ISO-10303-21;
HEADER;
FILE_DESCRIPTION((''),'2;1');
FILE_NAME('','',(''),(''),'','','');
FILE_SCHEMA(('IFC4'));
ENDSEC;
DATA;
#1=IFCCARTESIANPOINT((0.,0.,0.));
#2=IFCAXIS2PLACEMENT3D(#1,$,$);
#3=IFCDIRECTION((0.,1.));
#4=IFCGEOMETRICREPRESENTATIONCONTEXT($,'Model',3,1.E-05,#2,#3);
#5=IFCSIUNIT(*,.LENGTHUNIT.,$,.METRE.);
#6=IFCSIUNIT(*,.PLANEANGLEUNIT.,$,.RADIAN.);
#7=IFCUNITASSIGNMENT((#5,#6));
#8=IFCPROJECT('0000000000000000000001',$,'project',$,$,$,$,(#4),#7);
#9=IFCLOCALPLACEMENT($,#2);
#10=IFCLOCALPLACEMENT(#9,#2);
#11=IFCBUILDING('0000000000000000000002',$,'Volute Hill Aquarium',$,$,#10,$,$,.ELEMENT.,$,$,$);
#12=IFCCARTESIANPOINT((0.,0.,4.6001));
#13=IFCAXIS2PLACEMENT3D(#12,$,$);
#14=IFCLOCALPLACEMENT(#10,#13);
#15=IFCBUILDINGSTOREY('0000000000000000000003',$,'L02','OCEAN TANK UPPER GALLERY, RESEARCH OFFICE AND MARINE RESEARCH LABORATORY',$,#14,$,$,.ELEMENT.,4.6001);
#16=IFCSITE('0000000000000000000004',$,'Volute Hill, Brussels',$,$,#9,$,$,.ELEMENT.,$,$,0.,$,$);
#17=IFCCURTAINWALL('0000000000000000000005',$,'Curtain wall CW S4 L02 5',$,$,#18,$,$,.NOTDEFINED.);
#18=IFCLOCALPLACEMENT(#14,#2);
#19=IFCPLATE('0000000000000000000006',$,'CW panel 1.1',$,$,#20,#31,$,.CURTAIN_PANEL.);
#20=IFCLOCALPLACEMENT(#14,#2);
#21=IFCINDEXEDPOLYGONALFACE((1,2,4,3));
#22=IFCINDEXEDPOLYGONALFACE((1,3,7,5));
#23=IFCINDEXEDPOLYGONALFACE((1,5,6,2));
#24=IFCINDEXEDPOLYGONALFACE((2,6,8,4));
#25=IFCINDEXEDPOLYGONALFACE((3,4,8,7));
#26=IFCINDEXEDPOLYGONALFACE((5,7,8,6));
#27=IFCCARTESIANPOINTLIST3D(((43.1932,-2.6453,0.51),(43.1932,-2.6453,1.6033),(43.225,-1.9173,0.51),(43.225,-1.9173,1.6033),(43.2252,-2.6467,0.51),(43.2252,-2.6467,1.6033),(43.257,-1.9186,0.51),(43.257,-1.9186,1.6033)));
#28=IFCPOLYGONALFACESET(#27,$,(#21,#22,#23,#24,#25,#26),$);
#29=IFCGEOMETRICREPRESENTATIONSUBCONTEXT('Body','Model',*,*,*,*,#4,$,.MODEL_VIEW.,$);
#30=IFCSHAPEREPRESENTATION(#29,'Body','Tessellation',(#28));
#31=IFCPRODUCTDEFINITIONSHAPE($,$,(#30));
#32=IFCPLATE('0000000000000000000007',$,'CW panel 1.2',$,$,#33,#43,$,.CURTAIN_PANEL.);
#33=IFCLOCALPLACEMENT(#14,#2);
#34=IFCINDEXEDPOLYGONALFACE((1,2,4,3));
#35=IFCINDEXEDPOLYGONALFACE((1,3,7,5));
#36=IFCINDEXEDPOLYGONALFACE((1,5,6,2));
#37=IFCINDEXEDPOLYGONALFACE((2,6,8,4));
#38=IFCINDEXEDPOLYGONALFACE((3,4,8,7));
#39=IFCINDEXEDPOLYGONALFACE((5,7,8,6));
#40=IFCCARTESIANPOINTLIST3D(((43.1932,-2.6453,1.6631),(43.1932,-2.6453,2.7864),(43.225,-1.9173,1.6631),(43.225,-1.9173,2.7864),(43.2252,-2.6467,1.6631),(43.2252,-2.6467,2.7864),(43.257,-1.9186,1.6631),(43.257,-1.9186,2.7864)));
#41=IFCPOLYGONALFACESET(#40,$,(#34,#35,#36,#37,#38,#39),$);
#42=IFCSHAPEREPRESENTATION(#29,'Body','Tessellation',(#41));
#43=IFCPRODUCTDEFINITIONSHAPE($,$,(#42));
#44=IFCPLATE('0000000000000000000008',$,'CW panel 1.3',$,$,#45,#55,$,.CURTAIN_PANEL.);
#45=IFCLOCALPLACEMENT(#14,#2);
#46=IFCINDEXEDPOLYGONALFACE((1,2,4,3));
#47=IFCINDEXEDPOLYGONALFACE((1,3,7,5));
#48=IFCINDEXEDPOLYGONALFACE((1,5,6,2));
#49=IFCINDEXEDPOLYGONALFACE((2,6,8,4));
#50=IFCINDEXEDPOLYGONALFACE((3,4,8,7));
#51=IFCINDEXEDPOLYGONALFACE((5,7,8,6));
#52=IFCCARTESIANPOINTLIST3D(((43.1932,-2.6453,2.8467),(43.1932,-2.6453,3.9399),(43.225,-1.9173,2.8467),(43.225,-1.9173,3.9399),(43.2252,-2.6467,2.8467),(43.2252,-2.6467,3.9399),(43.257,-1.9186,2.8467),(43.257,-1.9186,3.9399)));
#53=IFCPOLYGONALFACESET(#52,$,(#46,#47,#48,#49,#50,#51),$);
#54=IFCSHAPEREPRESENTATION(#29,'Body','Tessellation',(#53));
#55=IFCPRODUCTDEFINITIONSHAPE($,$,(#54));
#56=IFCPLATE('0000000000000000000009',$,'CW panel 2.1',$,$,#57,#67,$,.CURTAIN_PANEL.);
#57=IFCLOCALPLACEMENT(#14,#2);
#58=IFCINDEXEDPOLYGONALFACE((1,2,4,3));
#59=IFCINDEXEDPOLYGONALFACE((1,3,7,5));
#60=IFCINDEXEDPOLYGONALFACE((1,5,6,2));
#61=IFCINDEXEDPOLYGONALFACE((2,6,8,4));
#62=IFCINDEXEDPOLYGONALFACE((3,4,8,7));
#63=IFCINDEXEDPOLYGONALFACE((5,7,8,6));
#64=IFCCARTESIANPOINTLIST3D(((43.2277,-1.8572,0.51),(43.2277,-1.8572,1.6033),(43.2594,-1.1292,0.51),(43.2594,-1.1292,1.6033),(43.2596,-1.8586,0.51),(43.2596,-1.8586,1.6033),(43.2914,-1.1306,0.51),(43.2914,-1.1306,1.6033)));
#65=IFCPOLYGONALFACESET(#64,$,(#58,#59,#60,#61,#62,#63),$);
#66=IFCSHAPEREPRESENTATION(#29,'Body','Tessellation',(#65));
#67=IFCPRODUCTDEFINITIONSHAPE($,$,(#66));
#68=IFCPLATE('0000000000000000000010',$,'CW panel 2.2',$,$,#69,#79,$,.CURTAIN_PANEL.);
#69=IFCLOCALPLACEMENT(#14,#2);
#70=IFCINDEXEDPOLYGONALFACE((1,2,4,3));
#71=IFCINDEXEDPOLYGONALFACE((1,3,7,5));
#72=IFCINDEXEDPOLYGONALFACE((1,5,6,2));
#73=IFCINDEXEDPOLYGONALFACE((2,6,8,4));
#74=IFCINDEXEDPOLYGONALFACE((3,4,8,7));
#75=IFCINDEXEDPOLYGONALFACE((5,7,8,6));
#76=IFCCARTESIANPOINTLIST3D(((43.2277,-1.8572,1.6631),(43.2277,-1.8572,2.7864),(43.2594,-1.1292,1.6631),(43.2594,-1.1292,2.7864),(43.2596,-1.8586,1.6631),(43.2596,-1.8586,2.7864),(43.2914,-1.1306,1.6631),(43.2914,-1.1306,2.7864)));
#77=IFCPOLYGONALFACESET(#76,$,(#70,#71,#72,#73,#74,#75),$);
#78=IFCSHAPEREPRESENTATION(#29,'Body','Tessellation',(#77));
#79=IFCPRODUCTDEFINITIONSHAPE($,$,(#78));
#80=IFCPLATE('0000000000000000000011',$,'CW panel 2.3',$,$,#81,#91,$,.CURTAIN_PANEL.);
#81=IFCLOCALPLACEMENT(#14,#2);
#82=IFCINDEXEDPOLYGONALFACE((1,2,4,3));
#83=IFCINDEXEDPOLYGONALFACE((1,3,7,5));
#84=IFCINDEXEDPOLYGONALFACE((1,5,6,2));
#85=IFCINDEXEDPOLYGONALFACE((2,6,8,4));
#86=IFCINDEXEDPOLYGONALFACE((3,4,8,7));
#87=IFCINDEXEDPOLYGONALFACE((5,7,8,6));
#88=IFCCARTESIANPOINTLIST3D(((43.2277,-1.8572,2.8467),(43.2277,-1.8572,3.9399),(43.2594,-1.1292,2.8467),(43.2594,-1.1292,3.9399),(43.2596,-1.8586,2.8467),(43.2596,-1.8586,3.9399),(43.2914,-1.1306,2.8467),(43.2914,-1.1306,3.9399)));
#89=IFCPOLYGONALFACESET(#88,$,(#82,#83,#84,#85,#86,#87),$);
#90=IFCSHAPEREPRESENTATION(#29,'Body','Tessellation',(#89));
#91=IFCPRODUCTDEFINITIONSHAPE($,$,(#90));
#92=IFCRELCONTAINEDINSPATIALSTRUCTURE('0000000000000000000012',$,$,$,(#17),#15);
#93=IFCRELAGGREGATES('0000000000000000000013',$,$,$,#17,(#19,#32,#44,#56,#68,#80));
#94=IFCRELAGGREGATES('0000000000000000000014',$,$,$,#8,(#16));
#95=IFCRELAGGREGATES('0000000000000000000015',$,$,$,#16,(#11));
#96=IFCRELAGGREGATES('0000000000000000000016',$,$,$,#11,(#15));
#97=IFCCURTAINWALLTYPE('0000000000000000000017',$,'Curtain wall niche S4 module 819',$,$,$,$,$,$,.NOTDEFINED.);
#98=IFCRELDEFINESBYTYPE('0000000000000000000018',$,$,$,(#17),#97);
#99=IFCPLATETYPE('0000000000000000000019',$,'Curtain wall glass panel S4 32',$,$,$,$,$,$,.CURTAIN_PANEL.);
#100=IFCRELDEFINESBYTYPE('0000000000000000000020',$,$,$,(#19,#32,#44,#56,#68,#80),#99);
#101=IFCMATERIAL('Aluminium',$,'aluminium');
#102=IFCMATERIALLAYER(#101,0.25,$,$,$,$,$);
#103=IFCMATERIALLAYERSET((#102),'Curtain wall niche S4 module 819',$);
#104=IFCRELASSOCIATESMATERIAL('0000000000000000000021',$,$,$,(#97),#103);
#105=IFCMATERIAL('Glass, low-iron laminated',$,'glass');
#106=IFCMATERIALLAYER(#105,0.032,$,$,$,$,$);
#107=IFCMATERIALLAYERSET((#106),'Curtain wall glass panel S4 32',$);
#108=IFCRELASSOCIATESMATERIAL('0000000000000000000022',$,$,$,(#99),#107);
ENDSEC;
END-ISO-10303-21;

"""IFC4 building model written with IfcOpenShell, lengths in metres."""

from ifc_helpers import new_model, si_unit, direction, frame, origin, origin_2d, place, context, subcontext, project, spatial, rectangle, extrude, material, layer, layer_set, type_object, element, aggregate, save


model = new_model("IFC4")

# Units and contexts
model_context = context("Model", 3, precision=1e-05, world=origin(), true_north=direction((0.0, 1.0)))
body_context = subcontext(model_context, "Body", "Model", "MODEL_VIEW")
ifc_project = project(units=[si_unit("LENGTHUNIT", "METRE"), si_unit("PLANEANGLEUNIT", "RADIAN")], contexts=[model_context])

# Site, building, storey
site_placement = place(None, origin())
site = spatial("IfcSite", under=ifc_project, at=site_placement, Name="Volute Hill, Brussels", CompositionType="ELEMENT", RefElevation=0.0)
building_placement = place(site_placement, origin())
building = spatial("IfcBuilding", under=site, at=building_placement, Name="Volute Hill Aquarium", CompositionType="ELEMENT")
storey_placement = place(building_placement, frame((0.0, 0.0, 4.6001)))
storey = spatial("IfcBuildingStorey", under=building, at=storey_placement, Name="L02", Description="OCEAN TANK UPPER GALLERY, RESEARCH OFFICE AND MARINE RESEARCH LABORATORY", CompositionType="ELEMENT", Elevation=4.6001)

# Curtain wall
ifc_material_1 = material(Name="Aluminium", Category="aluminium")
ifc_layer_1 = layer(ifc_material_1, 0.25)
ifc_layer_set_1 = layer_set([ifc_layer_1], Name="Curtain wall niche S4 module 819")
curtain_wall_type = type_object("IfcCurtainWallType", Name="Curtain wall niche S4 module 819", PredefinedType="NOTDEFINED", material=ifc_layer_set_1)
curtain_wall_placement = place(storey_placement, origin())
curtain_wall = element("IfcCurtainWall", 1, at=curtain_wall_placement, inside=storey, type_object=curtain_wall_type, Name="Curtain wall CW S4 L02 5", PredefinedType="NOTDEFINED")

# Plates
ifc_material_2 = material(Name="Glass, low-iron laminated", Category="glass")
ifc_layer_2 = layer(ifc_material_2, 0.032)
ifc_layer_set_2 = layer_set([ifc_layer_2], Name="Curtain wall glass panel S4 32")
plate_type = type_object("IfcPlateType", Name="Curtain wall glass panel S4 32", PredefinedType="CURTAIN_PANEL", material=ifc_layer_set_2)
plate_1_placement = place(storey_placement, frame((43.2251, -2.282, 0.51), z_axis=(0.0, 0.0, 1.0), x_axis=(0.043617, 0.999048, 0.0)))
plate_1 = element("IfcPlate", 2, at=plate_1_placement, type_object=plate_type, Name="CW panel 1.1", PredefinedType="CURTAIN_PANEL", context=body_context, shape_type="SweptSolid", body=[
    extrude(rectangle(XDim=0.7288, YDim=0.032, at=origin_2d()), origin(), (0.0, 0.0, 1.0), 1.0933),
])
plate_2_placement = place(storey_placement, frame((43.2251, -2.282, 1.6631), z_axis=(0.0, 0.0, 1.0), x_axis=(0.043617, 0.999048, 0.0)))
plate_2 = element("IfcPlate", 3, at=plate_2_placement, type_object=plate_type, Name="CW panel 1.2", PredefinedType="CURTAIN_PANEL", context=body_context, shape_type="SweptSolid", body=[
    extrude(rectangle(XDim=0.7288, YDim=0.032, at=origin_2d()), origin(), (0.0, 0.0, 1.0), 1.1233),
])
plate_3_placement = place(storey_placement, frame((43.2251, -2.282, 2.8467), z_axis=(0.0, 0.0, 1.0), x_axis=(0.043617, 0.999048, 0.0)))
plate_3 = element("IfcPlate", 4, at=plate_3_placement, type_object=plate_type, Name="CW panel 1.3", PredefinedType="CURTAIN_PANEL", context=body_context, shape_type="SweptSolid", body=[
    extrude(rectangle(XDim=0.7288, YDim=0.032, at=origin_2d()), origin(), (0.0, 0.0, 1.0), 1.0933),
])
plate_4_placement = place(storey_placement, frame((43.2595, -1.4939, 0.51), z_axis=(0.0, 0.0, 1.0), x_axis=(0.043617, 0.999048, 0.0)))
plate_4 = element("IfcPlate", 5, at=plate_4_placement, type_object=plate_type, Name="CW panel 2.1", PredefinedType="CURTAIN_PANEL", context=body_context, shape_type="SweptSolid", body=[
    extrude(rectangle(XDim=0.7288, YDim=0.032, at=origin_2d()), origin(), (0.0, 0.0, 1.0), 1.0933),
])
plate_5_placement = place(storey_placement, frame((43.2595, -1.4939, 1.6631), z_axis=(0.0, 0.0, 1.0), x_axis=(0.043617, 0.999048, 0.0)))
plate_5 = element("IfcPlate", 6, at=plate_5_placement, type_object=plate_type, Name="CW panel 2.2", PredefinedType="CURTAIN_PANEL", context=body_context, shape_type="SweptSolid", body=[
    extrude(rectangle(XDim=0.7288, YDim=0.032, at=origin_2d()), origin(), (0.0, 0.0, 1.0), 1.1233),
])
plate_6_placement = place(storey_placement, frame((43.2595, -1.4939, 2.8467), z_axis=(0.0, 0.0, 1.0), x_axis=(0.043617, 0.999048, 0.0)))
plate_6 = element("IfcPlate", 7, at=plate_6_placement, type_object=plate_type, Name="CW panel 2.3", PredefinedType="CURTAIN_PANEL", context=body_context, shape_type="SweptSolid", body=[
    extrude(rectangle(XDim=0.7288, YDim=0.032, at=origin_2d()), origin(), (0.0, 0.0, 1.0), 1.0933),
])
aggregate(curtain_wall, [plate_1, plate_2, plate_3, plate_4, plate_5, plate_6])

save(model, "model.ifc")
